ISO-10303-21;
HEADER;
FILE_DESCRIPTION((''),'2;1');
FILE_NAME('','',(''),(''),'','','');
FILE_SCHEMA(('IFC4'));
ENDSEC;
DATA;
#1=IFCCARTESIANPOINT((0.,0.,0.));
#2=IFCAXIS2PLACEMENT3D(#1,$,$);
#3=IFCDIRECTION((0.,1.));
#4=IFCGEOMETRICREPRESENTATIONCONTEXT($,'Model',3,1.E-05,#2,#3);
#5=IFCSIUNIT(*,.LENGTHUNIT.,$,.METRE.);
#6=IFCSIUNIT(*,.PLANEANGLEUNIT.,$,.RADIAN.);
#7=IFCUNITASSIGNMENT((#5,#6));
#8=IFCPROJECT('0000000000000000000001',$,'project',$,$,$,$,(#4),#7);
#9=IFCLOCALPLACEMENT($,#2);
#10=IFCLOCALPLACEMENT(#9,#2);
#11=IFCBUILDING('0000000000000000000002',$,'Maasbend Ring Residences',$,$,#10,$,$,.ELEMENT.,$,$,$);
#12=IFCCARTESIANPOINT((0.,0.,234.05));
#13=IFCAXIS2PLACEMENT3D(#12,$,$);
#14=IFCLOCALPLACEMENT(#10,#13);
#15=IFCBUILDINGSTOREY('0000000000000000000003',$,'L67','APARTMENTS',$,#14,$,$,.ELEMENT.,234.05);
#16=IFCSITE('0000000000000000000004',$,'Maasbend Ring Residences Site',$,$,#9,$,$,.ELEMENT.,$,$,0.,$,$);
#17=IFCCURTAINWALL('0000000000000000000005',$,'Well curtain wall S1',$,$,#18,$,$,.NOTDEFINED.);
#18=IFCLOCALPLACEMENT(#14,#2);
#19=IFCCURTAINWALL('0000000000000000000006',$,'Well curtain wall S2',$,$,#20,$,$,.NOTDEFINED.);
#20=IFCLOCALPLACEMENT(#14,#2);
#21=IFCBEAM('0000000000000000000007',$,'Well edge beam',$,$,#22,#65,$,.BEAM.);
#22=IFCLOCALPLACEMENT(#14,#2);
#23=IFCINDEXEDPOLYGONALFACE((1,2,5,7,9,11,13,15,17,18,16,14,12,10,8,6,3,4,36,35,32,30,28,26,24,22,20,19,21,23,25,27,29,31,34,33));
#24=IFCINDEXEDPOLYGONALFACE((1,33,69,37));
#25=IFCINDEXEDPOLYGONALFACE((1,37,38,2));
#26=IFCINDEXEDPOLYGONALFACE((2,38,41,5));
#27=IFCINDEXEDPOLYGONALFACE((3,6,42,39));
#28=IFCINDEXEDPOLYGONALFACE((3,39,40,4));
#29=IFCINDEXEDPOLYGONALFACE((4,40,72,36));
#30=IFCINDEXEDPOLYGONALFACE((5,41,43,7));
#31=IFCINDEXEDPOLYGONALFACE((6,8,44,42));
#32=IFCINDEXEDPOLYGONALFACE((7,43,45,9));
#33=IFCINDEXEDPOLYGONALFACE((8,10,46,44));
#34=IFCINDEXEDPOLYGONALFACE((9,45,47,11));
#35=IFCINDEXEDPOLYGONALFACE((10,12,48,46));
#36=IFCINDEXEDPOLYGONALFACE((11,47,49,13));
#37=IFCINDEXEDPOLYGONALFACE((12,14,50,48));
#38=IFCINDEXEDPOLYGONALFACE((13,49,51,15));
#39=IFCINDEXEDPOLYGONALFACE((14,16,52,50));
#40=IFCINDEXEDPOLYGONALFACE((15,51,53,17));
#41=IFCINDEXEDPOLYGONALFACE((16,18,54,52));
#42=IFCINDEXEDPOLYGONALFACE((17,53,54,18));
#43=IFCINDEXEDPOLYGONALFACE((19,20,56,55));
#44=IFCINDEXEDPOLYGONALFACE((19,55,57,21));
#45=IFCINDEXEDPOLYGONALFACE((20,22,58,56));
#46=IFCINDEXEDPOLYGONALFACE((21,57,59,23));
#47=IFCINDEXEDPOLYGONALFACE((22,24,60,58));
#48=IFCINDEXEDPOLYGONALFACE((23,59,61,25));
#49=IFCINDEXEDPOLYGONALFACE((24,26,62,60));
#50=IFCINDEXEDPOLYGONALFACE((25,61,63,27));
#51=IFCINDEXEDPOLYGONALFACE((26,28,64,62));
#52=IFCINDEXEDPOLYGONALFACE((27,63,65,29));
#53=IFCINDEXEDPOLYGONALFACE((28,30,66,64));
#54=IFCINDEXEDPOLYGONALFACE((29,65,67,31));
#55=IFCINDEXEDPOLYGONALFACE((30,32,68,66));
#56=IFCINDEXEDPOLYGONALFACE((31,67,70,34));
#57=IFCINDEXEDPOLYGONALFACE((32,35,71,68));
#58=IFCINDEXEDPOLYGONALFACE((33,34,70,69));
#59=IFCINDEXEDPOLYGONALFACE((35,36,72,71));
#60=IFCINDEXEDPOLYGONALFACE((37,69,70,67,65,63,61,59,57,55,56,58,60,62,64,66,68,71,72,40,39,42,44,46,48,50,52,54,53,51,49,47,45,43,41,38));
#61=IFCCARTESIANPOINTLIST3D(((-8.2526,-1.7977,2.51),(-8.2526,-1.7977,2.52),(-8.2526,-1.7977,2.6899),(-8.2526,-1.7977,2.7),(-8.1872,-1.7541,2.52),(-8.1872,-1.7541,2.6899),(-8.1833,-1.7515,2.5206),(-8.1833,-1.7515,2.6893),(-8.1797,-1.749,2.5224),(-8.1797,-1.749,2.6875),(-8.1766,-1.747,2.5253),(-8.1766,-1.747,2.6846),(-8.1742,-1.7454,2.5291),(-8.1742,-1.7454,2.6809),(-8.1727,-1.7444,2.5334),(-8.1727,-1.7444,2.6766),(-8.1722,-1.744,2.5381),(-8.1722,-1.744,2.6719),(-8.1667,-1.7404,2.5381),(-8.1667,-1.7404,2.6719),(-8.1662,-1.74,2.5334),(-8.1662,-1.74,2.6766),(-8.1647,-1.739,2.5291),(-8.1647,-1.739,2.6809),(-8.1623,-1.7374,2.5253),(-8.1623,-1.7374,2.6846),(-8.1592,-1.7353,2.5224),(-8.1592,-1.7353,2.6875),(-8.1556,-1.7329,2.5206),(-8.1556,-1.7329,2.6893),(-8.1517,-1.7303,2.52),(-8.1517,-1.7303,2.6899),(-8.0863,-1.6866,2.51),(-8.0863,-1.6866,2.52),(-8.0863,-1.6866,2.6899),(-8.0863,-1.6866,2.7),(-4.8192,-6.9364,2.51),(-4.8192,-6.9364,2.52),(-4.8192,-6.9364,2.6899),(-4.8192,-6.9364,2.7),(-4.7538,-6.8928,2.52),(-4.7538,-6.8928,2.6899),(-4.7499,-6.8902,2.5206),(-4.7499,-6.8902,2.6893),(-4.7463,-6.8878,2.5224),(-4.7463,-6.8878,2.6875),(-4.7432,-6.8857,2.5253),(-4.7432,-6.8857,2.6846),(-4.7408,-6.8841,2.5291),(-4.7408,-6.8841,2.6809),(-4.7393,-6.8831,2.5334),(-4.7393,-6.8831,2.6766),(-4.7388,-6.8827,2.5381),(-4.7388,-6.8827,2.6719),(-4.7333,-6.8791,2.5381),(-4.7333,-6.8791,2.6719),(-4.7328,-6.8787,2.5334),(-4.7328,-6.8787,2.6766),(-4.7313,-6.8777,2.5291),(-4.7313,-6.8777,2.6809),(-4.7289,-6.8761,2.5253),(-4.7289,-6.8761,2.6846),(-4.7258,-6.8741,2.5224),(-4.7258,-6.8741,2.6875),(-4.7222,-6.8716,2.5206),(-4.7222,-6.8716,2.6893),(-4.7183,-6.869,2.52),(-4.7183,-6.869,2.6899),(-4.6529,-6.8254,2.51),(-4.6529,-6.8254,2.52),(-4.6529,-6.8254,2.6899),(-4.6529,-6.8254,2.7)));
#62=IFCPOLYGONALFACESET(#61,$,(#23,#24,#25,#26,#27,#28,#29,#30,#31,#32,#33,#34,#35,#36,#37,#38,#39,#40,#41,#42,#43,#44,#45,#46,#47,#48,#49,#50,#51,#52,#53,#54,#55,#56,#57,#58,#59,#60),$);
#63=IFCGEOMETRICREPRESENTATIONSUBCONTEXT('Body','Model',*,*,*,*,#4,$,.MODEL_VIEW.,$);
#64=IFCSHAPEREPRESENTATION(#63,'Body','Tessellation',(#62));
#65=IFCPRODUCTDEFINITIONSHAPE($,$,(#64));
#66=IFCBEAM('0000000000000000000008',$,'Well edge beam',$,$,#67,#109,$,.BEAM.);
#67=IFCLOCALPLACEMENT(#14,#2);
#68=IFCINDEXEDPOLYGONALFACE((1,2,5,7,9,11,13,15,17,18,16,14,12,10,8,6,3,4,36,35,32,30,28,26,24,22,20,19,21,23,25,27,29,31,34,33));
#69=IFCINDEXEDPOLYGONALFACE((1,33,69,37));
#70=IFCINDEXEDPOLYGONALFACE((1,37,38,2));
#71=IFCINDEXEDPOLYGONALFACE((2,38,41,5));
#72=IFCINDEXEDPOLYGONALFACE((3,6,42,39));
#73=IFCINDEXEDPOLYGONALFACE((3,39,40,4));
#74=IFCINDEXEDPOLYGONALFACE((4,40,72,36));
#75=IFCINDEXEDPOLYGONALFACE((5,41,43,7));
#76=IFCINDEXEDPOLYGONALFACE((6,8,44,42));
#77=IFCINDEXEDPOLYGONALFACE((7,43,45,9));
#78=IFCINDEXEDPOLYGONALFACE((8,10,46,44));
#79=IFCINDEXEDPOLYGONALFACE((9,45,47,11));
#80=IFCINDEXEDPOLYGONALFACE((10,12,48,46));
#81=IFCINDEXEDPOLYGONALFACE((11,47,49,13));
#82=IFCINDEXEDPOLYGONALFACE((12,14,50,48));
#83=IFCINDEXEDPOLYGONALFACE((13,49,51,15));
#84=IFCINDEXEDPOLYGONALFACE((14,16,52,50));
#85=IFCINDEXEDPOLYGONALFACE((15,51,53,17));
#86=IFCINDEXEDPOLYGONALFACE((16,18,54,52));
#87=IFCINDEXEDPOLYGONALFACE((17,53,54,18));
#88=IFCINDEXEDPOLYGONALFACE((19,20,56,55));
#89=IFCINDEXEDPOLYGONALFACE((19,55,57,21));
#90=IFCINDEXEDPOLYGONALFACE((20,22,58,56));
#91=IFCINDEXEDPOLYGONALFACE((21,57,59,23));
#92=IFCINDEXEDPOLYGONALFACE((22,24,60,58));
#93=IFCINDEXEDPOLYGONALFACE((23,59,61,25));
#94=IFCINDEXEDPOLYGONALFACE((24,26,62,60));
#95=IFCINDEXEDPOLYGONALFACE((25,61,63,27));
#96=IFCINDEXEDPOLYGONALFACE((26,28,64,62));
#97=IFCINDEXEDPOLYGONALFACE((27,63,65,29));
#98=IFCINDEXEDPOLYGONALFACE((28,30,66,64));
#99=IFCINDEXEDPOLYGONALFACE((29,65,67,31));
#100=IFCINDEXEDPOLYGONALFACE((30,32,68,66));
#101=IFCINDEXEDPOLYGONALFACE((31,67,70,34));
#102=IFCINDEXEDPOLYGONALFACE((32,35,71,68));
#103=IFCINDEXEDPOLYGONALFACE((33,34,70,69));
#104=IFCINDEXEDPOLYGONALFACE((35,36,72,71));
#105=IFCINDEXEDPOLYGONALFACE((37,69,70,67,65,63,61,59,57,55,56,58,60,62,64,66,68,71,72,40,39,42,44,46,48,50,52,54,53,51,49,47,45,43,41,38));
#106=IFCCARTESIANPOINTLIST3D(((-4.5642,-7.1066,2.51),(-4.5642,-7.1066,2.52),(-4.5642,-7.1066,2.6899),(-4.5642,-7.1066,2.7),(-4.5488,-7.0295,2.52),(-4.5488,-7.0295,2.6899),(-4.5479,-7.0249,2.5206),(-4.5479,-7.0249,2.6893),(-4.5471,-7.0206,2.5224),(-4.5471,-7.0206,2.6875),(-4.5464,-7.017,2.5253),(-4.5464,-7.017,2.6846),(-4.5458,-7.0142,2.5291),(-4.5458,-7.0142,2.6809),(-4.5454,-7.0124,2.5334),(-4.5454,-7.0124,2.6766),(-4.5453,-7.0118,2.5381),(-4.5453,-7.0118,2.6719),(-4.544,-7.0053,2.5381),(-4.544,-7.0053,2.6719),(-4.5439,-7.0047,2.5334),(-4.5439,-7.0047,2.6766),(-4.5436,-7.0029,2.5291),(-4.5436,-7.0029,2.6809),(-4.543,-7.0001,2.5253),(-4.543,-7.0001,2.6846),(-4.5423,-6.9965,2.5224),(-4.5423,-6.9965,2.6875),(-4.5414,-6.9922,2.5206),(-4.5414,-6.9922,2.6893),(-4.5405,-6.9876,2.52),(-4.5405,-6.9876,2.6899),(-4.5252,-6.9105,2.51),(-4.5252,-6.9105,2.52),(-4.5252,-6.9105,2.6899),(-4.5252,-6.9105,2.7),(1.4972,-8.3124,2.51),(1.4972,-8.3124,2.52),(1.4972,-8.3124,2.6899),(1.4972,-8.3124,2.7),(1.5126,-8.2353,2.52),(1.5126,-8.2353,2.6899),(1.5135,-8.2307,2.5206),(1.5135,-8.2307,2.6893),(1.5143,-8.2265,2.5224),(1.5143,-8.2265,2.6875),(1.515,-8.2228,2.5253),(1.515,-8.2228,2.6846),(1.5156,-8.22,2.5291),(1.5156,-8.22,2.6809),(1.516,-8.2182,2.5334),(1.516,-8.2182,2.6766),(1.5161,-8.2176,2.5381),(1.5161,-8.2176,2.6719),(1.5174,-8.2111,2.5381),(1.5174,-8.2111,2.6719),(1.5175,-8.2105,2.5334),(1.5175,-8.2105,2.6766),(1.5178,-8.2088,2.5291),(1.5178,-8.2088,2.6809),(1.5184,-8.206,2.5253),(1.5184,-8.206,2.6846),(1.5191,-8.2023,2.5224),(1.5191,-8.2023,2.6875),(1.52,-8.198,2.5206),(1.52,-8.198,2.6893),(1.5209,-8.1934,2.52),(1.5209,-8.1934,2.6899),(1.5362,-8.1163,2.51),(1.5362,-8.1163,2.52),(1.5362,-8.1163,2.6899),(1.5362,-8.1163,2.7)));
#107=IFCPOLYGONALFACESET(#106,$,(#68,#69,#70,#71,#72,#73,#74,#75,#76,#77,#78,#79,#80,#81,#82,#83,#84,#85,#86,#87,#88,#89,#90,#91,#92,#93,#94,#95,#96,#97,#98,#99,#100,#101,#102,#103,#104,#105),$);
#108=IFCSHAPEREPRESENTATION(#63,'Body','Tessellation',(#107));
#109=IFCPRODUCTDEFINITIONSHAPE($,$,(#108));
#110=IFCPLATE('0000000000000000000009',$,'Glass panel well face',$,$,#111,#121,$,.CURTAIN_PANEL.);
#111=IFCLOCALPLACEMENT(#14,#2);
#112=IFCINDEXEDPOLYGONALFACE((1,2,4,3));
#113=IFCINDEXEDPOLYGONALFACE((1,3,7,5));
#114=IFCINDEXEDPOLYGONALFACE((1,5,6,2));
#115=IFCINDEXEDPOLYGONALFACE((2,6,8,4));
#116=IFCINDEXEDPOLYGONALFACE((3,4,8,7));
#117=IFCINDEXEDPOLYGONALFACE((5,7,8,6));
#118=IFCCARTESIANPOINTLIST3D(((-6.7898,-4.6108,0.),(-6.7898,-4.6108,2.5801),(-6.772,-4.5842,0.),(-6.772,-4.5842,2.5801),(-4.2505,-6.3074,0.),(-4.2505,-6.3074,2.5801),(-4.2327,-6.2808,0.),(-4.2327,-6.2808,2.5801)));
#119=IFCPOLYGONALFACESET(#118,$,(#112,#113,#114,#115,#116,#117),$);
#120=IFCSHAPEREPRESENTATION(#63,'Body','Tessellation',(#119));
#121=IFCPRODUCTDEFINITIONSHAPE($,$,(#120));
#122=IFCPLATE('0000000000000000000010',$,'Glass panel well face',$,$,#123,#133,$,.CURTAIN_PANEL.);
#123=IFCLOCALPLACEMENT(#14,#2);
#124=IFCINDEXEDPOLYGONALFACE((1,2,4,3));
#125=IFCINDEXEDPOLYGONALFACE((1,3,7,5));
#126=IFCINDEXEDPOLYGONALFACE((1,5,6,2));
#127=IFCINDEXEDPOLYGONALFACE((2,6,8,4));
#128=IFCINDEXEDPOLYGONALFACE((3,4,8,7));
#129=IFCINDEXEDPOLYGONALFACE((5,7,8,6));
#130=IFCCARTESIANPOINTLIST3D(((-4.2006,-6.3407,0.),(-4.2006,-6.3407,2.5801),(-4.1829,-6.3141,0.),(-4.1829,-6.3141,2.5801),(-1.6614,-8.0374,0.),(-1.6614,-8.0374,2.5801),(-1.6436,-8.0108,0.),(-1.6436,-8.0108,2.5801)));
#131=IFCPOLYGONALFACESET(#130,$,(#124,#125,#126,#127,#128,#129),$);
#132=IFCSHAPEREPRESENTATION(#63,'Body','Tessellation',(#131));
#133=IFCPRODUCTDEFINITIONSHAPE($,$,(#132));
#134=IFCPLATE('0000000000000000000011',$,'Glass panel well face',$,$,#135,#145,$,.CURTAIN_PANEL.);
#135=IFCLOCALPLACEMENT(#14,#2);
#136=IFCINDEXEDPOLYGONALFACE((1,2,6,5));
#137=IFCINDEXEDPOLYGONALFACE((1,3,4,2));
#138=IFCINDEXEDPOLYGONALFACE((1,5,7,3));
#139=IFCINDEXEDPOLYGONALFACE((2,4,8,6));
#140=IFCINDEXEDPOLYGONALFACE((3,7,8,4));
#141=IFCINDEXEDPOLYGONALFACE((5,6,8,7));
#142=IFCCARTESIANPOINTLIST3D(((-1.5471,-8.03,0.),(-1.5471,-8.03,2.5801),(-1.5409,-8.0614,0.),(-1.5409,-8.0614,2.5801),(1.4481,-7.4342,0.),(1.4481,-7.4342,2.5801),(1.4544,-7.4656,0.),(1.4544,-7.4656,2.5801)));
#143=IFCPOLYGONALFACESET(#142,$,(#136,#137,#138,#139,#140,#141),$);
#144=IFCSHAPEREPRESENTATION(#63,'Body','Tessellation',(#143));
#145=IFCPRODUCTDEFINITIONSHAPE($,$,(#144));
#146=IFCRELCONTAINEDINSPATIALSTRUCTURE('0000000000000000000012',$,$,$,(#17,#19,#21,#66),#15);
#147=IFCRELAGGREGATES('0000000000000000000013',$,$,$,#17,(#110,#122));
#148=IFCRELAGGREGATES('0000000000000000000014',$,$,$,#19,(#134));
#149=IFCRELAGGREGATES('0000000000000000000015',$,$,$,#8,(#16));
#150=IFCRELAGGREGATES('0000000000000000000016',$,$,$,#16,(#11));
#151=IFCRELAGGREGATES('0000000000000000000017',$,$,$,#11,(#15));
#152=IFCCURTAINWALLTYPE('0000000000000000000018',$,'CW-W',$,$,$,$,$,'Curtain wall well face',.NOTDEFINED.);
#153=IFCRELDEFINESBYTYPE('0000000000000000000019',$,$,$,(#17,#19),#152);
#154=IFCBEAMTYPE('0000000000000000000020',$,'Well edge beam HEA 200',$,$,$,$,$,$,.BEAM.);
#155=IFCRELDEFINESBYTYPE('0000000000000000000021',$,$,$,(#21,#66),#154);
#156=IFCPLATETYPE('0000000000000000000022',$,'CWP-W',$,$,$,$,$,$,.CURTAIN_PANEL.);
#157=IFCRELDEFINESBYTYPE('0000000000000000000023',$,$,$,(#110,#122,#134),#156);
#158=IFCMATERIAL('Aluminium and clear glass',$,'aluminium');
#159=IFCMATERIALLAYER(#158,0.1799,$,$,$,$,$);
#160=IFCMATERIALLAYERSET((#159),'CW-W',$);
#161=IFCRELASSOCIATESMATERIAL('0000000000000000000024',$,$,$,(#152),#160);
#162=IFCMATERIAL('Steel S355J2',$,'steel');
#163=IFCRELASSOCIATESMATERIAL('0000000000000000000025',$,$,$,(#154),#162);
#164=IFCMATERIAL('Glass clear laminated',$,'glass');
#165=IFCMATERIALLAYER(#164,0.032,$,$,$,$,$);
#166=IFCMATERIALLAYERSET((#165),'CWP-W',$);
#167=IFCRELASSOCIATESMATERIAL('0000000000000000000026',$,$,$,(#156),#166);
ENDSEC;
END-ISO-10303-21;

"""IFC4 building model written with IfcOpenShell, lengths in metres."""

from ifc_helpers import new_model, si_unit, direction, frame, origin, origin_2d, place, context, subcontext, project, spatial, rectangle, i_section, extrude, material, layer, layer_set, material_profile, profile_set, type_object, element, aggregate, save


model = new_model("IFC4")

# Units and contexts
model_context = context("Model", 3, precision=1e-05, world=origin(), true_north=direction((0.0, 1.0)))
body_context = subcontext(model_context, "Body", "Model", "MODEL_VIEW")
ifc_project = project(units=[si_unit("LENGTHUNIT", "METRE"), si_unit("PLANEANGLEUNIT", "RADIAN")], contexts=[model_context])

# Site, building, storey
site_placement = place(None, origin())
site = spatial("IfcSite", under=ifc_project, at=site_placement, Name="Maasbend Ring Residences Site", CompositionType="ELEMENT", RefElevation=0.0)
building_placement = place(site_placement, origin())
building = spatial("IfcBuilding", under=site, at=building_placement, Name="Maasbend Ring Residences", CompositionType="ELEMENT")
storey_placement = place(building_placement, frame((0.0, 0.0, 234.05)))
storey = spatial("IfcBuildingStorey", under=building, at=storey_placement, Name="L67", Description="APARTMENTS", CompositionType="ELEMENT", Elevation=234.05)

# Curtain wall
ifc_material_1 = material(Name="Aluminium and clear glass", Category="aluminium")
ifc_layer_1 = layer(ifc_material_1, 0.1799)
ifc_layer_set_1 = layer_set([ifc_layer_1], Name="CW-W")
curtain_wall_type = type_object("IfcCurtainWallType", Name="CW-W", ElementType="Curtain wall well face", PredefinedType="NOTDEFINED", material=ifc_layer_set_1)
curtain_wall_1_placement = place(storey_placement, origin())
curtain_wall_1 = element("IfcCurtainWall", 1, at=curtain_wall_1_placement, inside=storey, type_object=curtain_wall_type, Name="Well curtain wall S1", PredefinedType="NOTDEFINED")

# Curtain wall
curtain_wall_2_placement = place(storey_placement, origin())
curtain_wall_2 = element("IfcCurtainWall", 2, at=curtain_wall_2_placement, inside=storey, type_object=curtain_wall_type, Name="Well curtain wall S2", PredefinedType="NOTDEFINED")

# Beams
ifc_material_2 = material(Name="Steel S355J2", Category="steel")
ifc_material_profile_1 = material_profile(ifc_material_2, i_section(OverallWidth=0.2, OverallDepth=0.1899, WebThickness=0.0066, FlangeThickness=0.01, FilletRadius=0.0181, at=origin_2d()), Name="HEA 200")
ifc_profile_set_1 = profile_set([ifc_material_profile_1], Name="Steel S355J2")
beam_type = type_object("IfcBeamType", Name="Well edge beam HEA 200", PredefinedType="BEAM", material=ifc_profile_set_1)
for number, where, z_axis, x_axis, name in (
    (3, (-8.1694, -1.7422, 2.605), (0.555548, -0.831485, 0.0), (0.831485, 0.555548, 0.0), "Well edge beam"),
    (4, (-4.5447, -7.0085, 2.605), (0.980781, -0.195113, 0.0), (0.195113, 0.980781, 0.0), "Well edge beam"),
):
    element("IfcBeam", number, at=place(storey_placement, frame(where, z_axis=z_axis, x_axis=x_axis)), inside=storey, type_object=beam_type, Name=name, PredefinedType="BEAM", context=body_context, shape_type="SweptSolid", body=[
        extrude(i_section(OverallWidth=0.2, OverallDepth=0.1899, WebThickness=0.0066, FlangeThickness=0.01, FilletRadius=0.0181, at=origin_2d()), origin(), (0.0, 0.0, 1.0), 6.1802),
    ])

# Plates
ifc_material_3 = material(Name="Glass clear laminated", Category="glass")
ifc_layer_2 = layer(ifc_material_3, 0.032)
ifc_layer_set_2 = layer_set([ifc_layer_2], Name="CWP-W")
plate_type = type_object("IfcPlateType", Name="CWP-W", PredefinedType="CURTAIN_PANEL", material=ifc_layer_set_2)
plate_1_placement = place(storey_placement, frame((-5.5112, -5.4458, 0.0), z_axis=(0.0, 0.0, 1.0), x_axis=(0.83147, -0.55557, 0.0)))
plate_1 = element("IfcPlate", 5, at=plate_1_placement, type_object=plate_type, Name="Glass panel well face", PredefinedType="CURTAIN_PANEL", context=body_context, shape_type="SweptSolid", body=[
    extrude(rectangle(XDim=3.054, YDim=0.032, at=origin_2d()), origin(), (0.0, 0.0, 1.0), 2.5801),
])
plate_2_placement = place(storey_placement, frame((-2.9221, -7.1758, 0.0), z_axis=(0.0, 0.0, 1.0), x_axis=(0.83147, -0.55557, 0.0)))
plate_2 = element("IfcPlate", 6, at=plate_2_placement, type_object=plate_type, Name="Glass panel well face", PredefinedType="CURTAIN_PANEL", context=body_context, shape_type="SweptSolid", body=[
    extrude(rectangle(XDim=3.054, YDim=0.032, at=origin_2d()), origin(), (0.0, 0.0, 1.0), 2.5801),
])
aggregate(curtain_wall_1, [plate_1, plate_2])
plate_3_placement = place(storey_placement, frame((-0.0464, -7.7478, 0.0), z_axis=(0.0, 0.0, 1.0), x_axis=(0.980785, 0.19509, 0.0)))
plate_3 = element("IfcPlate", 7, at=plate_3_placement, type_object=plate_type, Name="Glass panel well face", PredefinedType="CURTAIN_PANEL", context=body_context, shape_type="SweptSolid", body=[
    extrude(rectangle(XDim=3.054, YDim=0.032, at=origin_2d()), origin(), (0.0, 0.0, 1.0), 2.5801),
])
aggregate(curtain_wall_2, [plate_3])

save(model, "model.ifc")
